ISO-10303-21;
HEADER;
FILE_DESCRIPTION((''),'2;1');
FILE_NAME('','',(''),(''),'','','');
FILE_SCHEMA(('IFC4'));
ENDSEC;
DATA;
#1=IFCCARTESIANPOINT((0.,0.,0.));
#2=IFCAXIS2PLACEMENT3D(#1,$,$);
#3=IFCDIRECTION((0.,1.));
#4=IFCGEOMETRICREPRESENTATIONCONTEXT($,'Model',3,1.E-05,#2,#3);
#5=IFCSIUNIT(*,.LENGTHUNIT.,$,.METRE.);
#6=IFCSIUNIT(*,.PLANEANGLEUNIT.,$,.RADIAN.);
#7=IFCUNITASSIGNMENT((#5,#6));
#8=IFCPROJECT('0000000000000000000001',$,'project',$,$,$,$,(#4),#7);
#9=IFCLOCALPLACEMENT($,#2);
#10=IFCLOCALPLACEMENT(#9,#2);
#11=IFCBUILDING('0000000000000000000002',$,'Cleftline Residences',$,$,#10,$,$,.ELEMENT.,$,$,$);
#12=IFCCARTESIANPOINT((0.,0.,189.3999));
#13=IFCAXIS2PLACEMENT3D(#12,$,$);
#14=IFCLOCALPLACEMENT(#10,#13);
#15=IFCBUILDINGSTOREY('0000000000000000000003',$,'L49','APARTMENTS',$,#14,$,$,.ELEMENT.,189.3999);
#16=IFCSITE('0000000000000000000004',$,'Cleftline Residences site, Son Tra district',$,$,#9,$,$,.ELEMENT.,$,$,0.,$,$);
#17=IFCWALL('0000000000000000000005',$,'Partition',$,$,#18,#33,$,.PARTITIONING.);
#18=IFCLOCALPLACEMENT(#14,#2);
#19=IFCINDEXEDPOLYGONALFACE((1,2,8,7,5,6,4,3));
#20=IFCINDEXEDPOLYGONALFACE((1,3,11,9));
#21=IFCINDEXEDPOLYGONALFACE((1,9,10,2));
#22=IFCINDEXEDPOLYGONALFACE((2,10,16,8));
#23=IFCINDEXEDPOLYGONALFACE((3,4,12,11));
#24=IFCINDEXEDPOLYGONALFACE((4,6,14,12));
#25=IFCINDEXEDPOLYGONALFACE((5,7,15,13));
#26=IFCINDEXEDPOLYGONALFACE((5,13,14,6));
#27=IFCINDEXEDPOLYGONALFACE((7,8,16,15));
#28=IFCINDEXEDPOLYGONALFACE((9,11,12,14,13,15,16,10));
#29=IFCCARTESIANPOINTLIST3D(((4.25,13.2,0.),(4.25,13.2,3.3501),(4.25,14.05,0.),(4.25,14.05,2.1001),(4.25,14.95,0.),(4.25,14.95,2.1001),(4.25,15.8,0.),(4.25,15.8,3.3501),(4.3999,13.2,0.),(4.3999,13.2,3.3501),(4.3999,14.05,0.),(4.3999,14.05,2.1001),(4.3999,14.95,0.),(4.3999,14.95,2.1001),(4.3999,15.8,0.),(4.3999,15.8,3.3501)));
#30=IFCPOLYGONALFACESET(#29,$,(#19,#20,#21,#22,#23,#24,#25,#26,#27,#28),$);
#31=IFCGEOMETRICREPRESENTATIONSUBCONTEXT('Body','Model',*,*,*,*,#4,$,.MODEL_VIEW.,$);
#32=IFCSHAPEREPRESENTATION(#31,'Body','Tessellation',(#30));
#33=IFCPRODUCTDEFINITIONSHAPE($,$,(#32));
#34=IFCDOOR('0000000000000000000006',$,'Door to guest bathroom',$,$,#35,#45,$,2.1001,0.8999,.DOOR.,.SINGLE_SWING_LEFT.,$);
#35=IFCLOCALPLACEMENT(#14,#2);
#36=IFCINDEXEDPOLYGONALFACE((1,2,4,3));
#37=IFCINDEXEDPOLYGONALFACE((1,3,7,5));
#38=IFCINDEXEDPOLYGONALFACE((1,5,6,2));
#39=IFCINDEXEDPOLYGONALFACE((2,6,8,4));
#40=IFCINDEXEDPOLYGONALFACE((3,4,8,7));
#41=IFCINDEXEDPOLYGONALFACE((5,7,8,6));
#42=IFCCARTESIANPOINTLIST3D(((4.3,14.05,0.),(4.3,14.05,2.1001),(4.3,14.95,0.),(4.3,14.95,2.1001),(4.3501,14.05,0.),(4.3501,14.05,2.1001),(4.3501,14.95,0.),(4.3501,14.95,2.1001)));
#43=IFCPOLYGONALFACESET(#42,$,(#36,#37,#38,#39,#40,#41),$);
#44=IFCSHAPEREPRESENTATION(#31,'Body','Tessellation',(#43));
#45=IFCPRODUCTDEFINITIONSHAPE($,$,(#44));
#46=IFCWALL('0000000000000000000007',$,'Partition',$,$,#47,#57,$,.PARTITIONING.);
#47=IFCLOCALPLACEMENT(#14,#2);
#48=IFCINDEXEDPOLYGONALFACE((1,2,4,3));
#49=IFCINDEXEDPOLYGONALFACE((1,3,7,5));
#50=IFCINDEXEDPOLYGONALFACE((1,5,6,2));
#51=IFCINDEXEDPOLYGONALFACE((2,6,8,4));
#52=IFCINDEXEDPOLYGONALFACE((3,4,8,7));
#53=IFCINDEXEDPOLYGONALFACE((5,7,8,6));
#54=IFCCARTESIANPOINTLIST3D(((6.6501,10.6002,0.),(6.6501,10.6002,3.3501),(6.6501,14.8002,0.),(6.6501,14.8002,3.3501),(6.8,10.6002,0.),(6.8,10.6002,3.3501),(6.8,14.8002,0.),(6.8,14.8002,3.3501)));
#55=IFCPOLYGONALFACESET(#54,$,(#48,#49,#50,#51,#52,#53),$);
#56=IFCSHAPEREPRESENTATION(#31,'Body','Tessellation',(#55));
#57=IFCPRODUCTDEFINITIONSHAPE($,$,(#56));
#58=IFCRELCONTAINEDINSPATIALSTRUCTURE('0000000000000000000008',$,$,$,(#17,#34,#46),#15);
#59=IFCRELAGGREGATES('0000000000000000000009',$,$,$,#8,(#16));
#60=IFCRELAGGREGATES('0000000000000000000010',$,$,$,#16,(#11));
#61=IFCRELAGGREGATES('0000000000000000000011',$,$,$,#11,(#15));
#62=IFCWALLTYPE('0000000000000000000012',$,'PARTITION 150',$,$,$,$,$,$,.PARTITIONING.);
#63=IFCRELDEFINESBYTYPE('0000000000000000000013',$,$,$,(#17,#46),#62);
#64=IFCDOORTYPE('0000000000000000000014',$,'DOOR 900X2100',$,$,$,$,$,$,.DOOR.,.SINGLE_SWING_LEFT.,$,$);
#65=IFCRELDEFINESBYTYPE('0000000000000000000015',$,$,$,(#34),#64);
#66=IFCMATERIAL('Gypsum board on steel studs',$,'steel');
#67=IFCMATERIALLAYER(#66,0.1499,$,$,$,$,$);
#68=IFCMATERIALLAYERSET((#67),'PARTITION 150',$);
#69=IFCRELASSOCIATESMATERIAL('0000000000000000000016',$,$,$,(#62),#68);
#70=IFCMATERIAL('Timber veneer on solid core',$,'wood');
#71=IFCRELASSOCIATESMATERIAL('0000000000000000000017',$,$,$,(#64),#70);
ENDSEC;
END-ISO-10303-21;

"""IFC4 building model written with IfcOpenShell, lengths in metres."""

from ifc_helpers import new_model, si_unit, direction, frame, frame_2d, origin, place, context, subcontext, project, spatial, rectangle, extrude, material, layer, layer_set, type_object, element, fill, save


model = new_model("IFC4")

# Units and contexts
model_context = context("Model", 3, precision=1e-05, world=origin(), true_north=direction((0.0, 1.0)))
body_context = subcontext(model_context, "Body", "Model", "MODEL_VIEW")
ifc_project = project(units=[si_unit("LENGTHUNIT", "METRE"), si_unit("PLANEANGLEUNIT", "RADIAN")], contexts=[model_context])

# Site, building, storey
site_placement = place(None, origin())
site = spatial("IfcSite", under=ifc_project, at=site_placement, Name="Cleftline Residences site, Son Tra district", CompositionType="ELEMENT", RefElevation=0.0)
building_placement = place(site_placement, origin())
building = spatial("IfcBuilding", under=site, at=building_placement, Name="Cleftline Residences", CompositionType="ELEMENT")
storey_placement = place(building_placement, frame((0.0, 0.0, 189.3999)))
storey = spatial("IfcBuildingStorey", under=building, at=storey_placement, Name="L49", Description="APARTMENTS", CompositionType="ELEMENT", Elevation=189.3999)

# Shared definitions
ifc_material_1 = material(Name="Gypsum board on steel studs", Category="steel")
ifc_layer = layer(ifc_material_1, 0.1499)
ifc_layer_set = layer_set([ifc_layer], Name="PARTITION 150")
wall_type = type_object("IfcWallType", Name="PARTITION 150", PredefinedType="PARTITIONING", material=ifc_layer_set)
ifc_material_2 = material(Name="Timber veneer on solid core", Category="wood")
door_type_1 = type_object("IfcDoorType", Name="DOOR 900X2100", OperationType="SINGLE_SWING_LEFT", PredefinedType="DOOR", material=ifc_material_2)

# Wall, opening, door
wall_1_placement = place(storey_placement, frame((4.325, 13.2, 0.0), z_axis=(0.0, 0.0, 1.0), x_axis=(0.0, 1.0, 0.0)))
wall_1 = element("IfcWall", 1, at=wall_1_placement, inside=storey, type_object=wall_type, Name="Partition", PredefinedType="PARTITIONING", context=body_context, shape_type="SweptSolid", body=[
    extrude(rectangle(XDim=2.6001, YDim=0.1499, at=frame_2d((1.3, 0.0))), origin(), (0.0, 0.0, 1.0), 3.3501),
])
opening_1_placement = place(wall_1_placement, frame((0.8501, 0.0, 0.0)))
opening_1 = element("IfcOpeningElement", 2, at=opening_1_placement, cuts=wall_1, PredefinedType="OPENING", context=body_context, shape_type="SweptSolid", body=[
    extrude(rectangle(XDim=0.8999, YDim=2.1001, at=frame_2d((0.45, 1.05))), frame((0.0, 0.085, 0.0), z_axis=(0.0, -1.0, 0.0), x_axis=(1.0, 0.0, 0.0)), (0.0, 0.0, 1.0), 0.1699),
])
door_1_placement = place(opening_1_placement, origin())
door_1 = element("IfcDoor", 3, at=door_1_placement, inside=storey, type_object=door_type_1, Name="Door to guest bathroom", OperationType="SINGLE_SWING_LEFT", OverallHeight=2.1001, OverallWidth=0.8999, PredefinedType="DOOR", context=body_context, shape_type="SweptSolid", body=[
    extrude(rectangle(XDim=0.8999, YDim=2.1001, at=frame_2d((0.45, 1.05))), frame((0.0, 0.0249, 0.0), z_axis=(0.0, -1.0, 0.0), x_axis=(1.0, 0.0, 0.0)), (0.0, 0.0, 1.0), 0.05),
])
fill(opening_1, door_1)

# Wall
wall_2_placement = place(storey_placement, frame((6.7251, 10.6001, 0.0), z_axis=(0.0, 0.0, 1.0), x_axis=(0.0, 1.0, 0.0)))
element("IfcWall", 4, at=wall_2_placement, inside=storey, type_object=wall_type, Name="Partition", PredefinedType="PARTITIONING", context=body_context, shape_type="SweptSolid", body=[
    extrude(rectangle(XDim=4.2, YDim=0.1499, at=frame_2d((2.1001, 0.0))), origin(), (0.0, 0.0, 1.0), 3.3501),
])

save(model, "model.ifc")
